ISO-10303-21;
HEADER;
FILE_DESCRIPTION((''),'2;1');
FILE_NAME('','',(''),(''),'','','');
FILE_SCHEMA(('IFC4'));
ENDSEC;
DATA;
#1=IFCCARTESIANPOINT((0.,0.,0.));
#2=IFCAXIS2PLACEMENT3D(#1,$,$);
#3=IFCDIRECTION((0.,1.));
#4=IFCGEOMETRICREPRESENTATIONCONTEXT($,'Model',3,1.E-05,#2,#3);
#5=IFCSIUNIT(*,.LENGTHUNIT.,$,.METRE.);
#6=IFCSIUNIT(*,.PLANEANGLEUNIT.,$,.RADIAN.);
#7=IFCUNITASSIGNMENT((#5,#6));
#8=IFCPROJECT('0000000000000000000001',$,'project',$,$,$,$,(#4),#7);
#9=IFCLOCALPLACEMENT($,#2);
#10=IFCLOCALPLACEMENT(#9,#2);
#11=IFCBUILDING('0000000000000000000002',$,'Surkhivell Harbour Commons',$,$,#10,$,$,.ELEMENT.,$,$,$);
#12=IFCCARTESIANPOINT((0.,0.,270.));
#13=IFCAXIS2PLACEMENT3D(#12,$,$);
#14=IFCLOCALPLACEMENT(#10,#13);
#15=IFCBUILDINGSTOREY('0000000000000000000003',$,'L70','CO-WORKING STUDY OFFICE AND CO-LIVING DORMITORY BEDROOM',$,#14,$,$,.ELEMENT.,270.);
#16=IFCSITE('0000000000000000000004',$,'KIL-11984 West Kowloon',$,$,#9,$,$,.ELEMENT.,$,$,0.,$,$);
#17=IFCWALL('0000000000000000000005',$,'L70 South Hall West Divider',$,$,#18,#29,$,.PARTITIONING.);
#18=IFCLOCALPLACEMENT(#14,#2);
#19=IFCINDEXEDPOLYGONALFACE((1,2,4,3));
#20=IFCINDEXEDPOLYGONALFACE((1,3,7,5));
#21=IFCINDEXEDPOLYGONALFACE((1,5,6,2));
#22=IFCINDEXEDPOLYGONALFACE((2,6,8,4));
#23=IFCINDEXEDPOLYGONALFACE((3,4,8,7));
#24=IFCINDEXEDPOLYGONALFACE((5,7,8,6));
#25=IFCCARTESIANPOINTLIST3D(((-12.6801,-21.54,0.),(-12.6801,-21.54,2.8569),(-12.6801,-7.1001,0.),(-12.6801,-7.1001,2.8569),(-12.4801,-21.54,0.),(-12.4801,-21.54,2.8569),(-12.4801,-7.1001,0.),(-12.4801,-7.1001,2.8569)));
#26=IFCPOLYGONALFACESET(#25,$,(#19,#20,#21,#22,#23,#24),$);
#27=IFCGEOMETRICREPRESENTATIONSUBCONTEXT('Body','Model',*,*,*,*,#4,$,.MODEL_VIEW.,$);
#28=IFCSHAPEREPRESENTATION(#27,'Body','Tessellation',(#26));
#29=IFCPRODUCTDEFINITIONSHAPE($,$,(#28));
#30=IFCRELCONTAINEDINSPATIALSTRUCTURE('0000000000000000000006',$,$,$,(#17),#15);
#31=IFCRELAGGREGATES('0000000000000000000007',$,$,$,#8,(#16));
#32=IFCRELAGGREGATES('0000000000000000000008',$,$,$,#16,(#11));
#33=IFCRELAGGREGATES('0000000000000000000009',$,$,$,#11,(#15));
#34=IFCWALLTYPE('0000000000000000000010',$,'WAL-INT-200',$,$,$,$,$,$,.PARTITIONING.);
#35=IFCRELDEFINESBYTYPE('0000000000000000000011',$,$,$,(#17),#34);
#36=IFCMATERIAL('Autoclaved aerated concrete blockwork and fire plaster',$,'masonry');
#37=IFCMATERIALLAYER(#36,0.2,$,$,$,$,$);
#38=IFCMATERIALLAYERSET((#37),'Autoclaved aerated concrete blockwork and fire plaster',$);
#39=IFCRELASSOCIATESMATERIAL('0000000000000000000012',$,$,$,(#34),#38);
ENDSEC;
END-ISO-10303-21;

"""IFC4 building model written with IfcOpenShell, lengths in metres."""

from ifc_helpers import new_model, si_unit, direction, frame, frame_2d, origin, place, context, subcontext, project, spatial, rectangle, extrude, material, layer, layer_set, type_object, element, save


model = new_model("IFC4")

# Units and contexts
model_context = context("Model", 3, precision=1e-05, world=origin(), true_north=direction((0.0, 1.0)))
body_context = subcontext(model_context, "Body", "Model", "MODEL_VIEW")
ifc_project = project(units=[si_unit("LENGTHUNIT", "METRE"), si_unit("PLANEANGLEUNIT", "RADIAN")], contexts=[model_context])

# Site, building, storey
site_placement = place(None, origin())
site = spatial("IfcSite", under=ifc_project, at=site_placement, Name="KIL-11984 West Kowloon", CompositionType="ELEMENT", RefElevation=0.0)
building_placement = place(site_placement, origin())
building = spatial("IfcBuilding", under=site, at=building_placement, Name="Surkhivell Harbour Commons", CompositionType="ELEMENT")
storey_placement = place(building_placement, frame((0.0, 0.0, 270.0)))
storey = spatial("IfcBuildingStorey", under=building, at=storey_placement, Name="L70", Description="CO-WORKING STUDY OFFICE AND CO-LIVING DORMITORY BEDROOM", CompositionType="ELEMENT", Elevation=270.0)

# Shared definitions
ifc_material_1 = material(Name="Autoclaved aerated concrete blockwork and fire plaster", Category="masonry")
ifc_layer_1 = layer(ifc_material_1, 0.2)
ifc_layer_set_1 = layer_set([ifc_layer_1], Name="Autoclaved aerated concrete blockwork and fire plaster")
wall_type_1 = type_object("IfcWallType", Name="WAL-INT-200", PredefinedType="PARTITIONING", material=ifc_layer_set_1)

# Wall
wall_1_placement = place(storey_placement, frame((-12.5801, -21.54, 0.0), z_axis=(0.0, 0.0, 1.0), x_axis=(0.0, 1.0, 0.0)))
element("IfcWall", 1, at=wall_1_placement, inside=storey, type_object=wall_type_1, Name="L70 South Hall West Divider", PredefinedType="PARTITIONING", context=body_context, shape_type="SweptSolid", body=[
    extrude(rectangle(XDim=14.4399, YDim=0.2, at=frame_2d((7.22, 0.0))), origin(), (0.0, 0.0, 1.0), 2.8569),
])

save(model, "model.ifc")
